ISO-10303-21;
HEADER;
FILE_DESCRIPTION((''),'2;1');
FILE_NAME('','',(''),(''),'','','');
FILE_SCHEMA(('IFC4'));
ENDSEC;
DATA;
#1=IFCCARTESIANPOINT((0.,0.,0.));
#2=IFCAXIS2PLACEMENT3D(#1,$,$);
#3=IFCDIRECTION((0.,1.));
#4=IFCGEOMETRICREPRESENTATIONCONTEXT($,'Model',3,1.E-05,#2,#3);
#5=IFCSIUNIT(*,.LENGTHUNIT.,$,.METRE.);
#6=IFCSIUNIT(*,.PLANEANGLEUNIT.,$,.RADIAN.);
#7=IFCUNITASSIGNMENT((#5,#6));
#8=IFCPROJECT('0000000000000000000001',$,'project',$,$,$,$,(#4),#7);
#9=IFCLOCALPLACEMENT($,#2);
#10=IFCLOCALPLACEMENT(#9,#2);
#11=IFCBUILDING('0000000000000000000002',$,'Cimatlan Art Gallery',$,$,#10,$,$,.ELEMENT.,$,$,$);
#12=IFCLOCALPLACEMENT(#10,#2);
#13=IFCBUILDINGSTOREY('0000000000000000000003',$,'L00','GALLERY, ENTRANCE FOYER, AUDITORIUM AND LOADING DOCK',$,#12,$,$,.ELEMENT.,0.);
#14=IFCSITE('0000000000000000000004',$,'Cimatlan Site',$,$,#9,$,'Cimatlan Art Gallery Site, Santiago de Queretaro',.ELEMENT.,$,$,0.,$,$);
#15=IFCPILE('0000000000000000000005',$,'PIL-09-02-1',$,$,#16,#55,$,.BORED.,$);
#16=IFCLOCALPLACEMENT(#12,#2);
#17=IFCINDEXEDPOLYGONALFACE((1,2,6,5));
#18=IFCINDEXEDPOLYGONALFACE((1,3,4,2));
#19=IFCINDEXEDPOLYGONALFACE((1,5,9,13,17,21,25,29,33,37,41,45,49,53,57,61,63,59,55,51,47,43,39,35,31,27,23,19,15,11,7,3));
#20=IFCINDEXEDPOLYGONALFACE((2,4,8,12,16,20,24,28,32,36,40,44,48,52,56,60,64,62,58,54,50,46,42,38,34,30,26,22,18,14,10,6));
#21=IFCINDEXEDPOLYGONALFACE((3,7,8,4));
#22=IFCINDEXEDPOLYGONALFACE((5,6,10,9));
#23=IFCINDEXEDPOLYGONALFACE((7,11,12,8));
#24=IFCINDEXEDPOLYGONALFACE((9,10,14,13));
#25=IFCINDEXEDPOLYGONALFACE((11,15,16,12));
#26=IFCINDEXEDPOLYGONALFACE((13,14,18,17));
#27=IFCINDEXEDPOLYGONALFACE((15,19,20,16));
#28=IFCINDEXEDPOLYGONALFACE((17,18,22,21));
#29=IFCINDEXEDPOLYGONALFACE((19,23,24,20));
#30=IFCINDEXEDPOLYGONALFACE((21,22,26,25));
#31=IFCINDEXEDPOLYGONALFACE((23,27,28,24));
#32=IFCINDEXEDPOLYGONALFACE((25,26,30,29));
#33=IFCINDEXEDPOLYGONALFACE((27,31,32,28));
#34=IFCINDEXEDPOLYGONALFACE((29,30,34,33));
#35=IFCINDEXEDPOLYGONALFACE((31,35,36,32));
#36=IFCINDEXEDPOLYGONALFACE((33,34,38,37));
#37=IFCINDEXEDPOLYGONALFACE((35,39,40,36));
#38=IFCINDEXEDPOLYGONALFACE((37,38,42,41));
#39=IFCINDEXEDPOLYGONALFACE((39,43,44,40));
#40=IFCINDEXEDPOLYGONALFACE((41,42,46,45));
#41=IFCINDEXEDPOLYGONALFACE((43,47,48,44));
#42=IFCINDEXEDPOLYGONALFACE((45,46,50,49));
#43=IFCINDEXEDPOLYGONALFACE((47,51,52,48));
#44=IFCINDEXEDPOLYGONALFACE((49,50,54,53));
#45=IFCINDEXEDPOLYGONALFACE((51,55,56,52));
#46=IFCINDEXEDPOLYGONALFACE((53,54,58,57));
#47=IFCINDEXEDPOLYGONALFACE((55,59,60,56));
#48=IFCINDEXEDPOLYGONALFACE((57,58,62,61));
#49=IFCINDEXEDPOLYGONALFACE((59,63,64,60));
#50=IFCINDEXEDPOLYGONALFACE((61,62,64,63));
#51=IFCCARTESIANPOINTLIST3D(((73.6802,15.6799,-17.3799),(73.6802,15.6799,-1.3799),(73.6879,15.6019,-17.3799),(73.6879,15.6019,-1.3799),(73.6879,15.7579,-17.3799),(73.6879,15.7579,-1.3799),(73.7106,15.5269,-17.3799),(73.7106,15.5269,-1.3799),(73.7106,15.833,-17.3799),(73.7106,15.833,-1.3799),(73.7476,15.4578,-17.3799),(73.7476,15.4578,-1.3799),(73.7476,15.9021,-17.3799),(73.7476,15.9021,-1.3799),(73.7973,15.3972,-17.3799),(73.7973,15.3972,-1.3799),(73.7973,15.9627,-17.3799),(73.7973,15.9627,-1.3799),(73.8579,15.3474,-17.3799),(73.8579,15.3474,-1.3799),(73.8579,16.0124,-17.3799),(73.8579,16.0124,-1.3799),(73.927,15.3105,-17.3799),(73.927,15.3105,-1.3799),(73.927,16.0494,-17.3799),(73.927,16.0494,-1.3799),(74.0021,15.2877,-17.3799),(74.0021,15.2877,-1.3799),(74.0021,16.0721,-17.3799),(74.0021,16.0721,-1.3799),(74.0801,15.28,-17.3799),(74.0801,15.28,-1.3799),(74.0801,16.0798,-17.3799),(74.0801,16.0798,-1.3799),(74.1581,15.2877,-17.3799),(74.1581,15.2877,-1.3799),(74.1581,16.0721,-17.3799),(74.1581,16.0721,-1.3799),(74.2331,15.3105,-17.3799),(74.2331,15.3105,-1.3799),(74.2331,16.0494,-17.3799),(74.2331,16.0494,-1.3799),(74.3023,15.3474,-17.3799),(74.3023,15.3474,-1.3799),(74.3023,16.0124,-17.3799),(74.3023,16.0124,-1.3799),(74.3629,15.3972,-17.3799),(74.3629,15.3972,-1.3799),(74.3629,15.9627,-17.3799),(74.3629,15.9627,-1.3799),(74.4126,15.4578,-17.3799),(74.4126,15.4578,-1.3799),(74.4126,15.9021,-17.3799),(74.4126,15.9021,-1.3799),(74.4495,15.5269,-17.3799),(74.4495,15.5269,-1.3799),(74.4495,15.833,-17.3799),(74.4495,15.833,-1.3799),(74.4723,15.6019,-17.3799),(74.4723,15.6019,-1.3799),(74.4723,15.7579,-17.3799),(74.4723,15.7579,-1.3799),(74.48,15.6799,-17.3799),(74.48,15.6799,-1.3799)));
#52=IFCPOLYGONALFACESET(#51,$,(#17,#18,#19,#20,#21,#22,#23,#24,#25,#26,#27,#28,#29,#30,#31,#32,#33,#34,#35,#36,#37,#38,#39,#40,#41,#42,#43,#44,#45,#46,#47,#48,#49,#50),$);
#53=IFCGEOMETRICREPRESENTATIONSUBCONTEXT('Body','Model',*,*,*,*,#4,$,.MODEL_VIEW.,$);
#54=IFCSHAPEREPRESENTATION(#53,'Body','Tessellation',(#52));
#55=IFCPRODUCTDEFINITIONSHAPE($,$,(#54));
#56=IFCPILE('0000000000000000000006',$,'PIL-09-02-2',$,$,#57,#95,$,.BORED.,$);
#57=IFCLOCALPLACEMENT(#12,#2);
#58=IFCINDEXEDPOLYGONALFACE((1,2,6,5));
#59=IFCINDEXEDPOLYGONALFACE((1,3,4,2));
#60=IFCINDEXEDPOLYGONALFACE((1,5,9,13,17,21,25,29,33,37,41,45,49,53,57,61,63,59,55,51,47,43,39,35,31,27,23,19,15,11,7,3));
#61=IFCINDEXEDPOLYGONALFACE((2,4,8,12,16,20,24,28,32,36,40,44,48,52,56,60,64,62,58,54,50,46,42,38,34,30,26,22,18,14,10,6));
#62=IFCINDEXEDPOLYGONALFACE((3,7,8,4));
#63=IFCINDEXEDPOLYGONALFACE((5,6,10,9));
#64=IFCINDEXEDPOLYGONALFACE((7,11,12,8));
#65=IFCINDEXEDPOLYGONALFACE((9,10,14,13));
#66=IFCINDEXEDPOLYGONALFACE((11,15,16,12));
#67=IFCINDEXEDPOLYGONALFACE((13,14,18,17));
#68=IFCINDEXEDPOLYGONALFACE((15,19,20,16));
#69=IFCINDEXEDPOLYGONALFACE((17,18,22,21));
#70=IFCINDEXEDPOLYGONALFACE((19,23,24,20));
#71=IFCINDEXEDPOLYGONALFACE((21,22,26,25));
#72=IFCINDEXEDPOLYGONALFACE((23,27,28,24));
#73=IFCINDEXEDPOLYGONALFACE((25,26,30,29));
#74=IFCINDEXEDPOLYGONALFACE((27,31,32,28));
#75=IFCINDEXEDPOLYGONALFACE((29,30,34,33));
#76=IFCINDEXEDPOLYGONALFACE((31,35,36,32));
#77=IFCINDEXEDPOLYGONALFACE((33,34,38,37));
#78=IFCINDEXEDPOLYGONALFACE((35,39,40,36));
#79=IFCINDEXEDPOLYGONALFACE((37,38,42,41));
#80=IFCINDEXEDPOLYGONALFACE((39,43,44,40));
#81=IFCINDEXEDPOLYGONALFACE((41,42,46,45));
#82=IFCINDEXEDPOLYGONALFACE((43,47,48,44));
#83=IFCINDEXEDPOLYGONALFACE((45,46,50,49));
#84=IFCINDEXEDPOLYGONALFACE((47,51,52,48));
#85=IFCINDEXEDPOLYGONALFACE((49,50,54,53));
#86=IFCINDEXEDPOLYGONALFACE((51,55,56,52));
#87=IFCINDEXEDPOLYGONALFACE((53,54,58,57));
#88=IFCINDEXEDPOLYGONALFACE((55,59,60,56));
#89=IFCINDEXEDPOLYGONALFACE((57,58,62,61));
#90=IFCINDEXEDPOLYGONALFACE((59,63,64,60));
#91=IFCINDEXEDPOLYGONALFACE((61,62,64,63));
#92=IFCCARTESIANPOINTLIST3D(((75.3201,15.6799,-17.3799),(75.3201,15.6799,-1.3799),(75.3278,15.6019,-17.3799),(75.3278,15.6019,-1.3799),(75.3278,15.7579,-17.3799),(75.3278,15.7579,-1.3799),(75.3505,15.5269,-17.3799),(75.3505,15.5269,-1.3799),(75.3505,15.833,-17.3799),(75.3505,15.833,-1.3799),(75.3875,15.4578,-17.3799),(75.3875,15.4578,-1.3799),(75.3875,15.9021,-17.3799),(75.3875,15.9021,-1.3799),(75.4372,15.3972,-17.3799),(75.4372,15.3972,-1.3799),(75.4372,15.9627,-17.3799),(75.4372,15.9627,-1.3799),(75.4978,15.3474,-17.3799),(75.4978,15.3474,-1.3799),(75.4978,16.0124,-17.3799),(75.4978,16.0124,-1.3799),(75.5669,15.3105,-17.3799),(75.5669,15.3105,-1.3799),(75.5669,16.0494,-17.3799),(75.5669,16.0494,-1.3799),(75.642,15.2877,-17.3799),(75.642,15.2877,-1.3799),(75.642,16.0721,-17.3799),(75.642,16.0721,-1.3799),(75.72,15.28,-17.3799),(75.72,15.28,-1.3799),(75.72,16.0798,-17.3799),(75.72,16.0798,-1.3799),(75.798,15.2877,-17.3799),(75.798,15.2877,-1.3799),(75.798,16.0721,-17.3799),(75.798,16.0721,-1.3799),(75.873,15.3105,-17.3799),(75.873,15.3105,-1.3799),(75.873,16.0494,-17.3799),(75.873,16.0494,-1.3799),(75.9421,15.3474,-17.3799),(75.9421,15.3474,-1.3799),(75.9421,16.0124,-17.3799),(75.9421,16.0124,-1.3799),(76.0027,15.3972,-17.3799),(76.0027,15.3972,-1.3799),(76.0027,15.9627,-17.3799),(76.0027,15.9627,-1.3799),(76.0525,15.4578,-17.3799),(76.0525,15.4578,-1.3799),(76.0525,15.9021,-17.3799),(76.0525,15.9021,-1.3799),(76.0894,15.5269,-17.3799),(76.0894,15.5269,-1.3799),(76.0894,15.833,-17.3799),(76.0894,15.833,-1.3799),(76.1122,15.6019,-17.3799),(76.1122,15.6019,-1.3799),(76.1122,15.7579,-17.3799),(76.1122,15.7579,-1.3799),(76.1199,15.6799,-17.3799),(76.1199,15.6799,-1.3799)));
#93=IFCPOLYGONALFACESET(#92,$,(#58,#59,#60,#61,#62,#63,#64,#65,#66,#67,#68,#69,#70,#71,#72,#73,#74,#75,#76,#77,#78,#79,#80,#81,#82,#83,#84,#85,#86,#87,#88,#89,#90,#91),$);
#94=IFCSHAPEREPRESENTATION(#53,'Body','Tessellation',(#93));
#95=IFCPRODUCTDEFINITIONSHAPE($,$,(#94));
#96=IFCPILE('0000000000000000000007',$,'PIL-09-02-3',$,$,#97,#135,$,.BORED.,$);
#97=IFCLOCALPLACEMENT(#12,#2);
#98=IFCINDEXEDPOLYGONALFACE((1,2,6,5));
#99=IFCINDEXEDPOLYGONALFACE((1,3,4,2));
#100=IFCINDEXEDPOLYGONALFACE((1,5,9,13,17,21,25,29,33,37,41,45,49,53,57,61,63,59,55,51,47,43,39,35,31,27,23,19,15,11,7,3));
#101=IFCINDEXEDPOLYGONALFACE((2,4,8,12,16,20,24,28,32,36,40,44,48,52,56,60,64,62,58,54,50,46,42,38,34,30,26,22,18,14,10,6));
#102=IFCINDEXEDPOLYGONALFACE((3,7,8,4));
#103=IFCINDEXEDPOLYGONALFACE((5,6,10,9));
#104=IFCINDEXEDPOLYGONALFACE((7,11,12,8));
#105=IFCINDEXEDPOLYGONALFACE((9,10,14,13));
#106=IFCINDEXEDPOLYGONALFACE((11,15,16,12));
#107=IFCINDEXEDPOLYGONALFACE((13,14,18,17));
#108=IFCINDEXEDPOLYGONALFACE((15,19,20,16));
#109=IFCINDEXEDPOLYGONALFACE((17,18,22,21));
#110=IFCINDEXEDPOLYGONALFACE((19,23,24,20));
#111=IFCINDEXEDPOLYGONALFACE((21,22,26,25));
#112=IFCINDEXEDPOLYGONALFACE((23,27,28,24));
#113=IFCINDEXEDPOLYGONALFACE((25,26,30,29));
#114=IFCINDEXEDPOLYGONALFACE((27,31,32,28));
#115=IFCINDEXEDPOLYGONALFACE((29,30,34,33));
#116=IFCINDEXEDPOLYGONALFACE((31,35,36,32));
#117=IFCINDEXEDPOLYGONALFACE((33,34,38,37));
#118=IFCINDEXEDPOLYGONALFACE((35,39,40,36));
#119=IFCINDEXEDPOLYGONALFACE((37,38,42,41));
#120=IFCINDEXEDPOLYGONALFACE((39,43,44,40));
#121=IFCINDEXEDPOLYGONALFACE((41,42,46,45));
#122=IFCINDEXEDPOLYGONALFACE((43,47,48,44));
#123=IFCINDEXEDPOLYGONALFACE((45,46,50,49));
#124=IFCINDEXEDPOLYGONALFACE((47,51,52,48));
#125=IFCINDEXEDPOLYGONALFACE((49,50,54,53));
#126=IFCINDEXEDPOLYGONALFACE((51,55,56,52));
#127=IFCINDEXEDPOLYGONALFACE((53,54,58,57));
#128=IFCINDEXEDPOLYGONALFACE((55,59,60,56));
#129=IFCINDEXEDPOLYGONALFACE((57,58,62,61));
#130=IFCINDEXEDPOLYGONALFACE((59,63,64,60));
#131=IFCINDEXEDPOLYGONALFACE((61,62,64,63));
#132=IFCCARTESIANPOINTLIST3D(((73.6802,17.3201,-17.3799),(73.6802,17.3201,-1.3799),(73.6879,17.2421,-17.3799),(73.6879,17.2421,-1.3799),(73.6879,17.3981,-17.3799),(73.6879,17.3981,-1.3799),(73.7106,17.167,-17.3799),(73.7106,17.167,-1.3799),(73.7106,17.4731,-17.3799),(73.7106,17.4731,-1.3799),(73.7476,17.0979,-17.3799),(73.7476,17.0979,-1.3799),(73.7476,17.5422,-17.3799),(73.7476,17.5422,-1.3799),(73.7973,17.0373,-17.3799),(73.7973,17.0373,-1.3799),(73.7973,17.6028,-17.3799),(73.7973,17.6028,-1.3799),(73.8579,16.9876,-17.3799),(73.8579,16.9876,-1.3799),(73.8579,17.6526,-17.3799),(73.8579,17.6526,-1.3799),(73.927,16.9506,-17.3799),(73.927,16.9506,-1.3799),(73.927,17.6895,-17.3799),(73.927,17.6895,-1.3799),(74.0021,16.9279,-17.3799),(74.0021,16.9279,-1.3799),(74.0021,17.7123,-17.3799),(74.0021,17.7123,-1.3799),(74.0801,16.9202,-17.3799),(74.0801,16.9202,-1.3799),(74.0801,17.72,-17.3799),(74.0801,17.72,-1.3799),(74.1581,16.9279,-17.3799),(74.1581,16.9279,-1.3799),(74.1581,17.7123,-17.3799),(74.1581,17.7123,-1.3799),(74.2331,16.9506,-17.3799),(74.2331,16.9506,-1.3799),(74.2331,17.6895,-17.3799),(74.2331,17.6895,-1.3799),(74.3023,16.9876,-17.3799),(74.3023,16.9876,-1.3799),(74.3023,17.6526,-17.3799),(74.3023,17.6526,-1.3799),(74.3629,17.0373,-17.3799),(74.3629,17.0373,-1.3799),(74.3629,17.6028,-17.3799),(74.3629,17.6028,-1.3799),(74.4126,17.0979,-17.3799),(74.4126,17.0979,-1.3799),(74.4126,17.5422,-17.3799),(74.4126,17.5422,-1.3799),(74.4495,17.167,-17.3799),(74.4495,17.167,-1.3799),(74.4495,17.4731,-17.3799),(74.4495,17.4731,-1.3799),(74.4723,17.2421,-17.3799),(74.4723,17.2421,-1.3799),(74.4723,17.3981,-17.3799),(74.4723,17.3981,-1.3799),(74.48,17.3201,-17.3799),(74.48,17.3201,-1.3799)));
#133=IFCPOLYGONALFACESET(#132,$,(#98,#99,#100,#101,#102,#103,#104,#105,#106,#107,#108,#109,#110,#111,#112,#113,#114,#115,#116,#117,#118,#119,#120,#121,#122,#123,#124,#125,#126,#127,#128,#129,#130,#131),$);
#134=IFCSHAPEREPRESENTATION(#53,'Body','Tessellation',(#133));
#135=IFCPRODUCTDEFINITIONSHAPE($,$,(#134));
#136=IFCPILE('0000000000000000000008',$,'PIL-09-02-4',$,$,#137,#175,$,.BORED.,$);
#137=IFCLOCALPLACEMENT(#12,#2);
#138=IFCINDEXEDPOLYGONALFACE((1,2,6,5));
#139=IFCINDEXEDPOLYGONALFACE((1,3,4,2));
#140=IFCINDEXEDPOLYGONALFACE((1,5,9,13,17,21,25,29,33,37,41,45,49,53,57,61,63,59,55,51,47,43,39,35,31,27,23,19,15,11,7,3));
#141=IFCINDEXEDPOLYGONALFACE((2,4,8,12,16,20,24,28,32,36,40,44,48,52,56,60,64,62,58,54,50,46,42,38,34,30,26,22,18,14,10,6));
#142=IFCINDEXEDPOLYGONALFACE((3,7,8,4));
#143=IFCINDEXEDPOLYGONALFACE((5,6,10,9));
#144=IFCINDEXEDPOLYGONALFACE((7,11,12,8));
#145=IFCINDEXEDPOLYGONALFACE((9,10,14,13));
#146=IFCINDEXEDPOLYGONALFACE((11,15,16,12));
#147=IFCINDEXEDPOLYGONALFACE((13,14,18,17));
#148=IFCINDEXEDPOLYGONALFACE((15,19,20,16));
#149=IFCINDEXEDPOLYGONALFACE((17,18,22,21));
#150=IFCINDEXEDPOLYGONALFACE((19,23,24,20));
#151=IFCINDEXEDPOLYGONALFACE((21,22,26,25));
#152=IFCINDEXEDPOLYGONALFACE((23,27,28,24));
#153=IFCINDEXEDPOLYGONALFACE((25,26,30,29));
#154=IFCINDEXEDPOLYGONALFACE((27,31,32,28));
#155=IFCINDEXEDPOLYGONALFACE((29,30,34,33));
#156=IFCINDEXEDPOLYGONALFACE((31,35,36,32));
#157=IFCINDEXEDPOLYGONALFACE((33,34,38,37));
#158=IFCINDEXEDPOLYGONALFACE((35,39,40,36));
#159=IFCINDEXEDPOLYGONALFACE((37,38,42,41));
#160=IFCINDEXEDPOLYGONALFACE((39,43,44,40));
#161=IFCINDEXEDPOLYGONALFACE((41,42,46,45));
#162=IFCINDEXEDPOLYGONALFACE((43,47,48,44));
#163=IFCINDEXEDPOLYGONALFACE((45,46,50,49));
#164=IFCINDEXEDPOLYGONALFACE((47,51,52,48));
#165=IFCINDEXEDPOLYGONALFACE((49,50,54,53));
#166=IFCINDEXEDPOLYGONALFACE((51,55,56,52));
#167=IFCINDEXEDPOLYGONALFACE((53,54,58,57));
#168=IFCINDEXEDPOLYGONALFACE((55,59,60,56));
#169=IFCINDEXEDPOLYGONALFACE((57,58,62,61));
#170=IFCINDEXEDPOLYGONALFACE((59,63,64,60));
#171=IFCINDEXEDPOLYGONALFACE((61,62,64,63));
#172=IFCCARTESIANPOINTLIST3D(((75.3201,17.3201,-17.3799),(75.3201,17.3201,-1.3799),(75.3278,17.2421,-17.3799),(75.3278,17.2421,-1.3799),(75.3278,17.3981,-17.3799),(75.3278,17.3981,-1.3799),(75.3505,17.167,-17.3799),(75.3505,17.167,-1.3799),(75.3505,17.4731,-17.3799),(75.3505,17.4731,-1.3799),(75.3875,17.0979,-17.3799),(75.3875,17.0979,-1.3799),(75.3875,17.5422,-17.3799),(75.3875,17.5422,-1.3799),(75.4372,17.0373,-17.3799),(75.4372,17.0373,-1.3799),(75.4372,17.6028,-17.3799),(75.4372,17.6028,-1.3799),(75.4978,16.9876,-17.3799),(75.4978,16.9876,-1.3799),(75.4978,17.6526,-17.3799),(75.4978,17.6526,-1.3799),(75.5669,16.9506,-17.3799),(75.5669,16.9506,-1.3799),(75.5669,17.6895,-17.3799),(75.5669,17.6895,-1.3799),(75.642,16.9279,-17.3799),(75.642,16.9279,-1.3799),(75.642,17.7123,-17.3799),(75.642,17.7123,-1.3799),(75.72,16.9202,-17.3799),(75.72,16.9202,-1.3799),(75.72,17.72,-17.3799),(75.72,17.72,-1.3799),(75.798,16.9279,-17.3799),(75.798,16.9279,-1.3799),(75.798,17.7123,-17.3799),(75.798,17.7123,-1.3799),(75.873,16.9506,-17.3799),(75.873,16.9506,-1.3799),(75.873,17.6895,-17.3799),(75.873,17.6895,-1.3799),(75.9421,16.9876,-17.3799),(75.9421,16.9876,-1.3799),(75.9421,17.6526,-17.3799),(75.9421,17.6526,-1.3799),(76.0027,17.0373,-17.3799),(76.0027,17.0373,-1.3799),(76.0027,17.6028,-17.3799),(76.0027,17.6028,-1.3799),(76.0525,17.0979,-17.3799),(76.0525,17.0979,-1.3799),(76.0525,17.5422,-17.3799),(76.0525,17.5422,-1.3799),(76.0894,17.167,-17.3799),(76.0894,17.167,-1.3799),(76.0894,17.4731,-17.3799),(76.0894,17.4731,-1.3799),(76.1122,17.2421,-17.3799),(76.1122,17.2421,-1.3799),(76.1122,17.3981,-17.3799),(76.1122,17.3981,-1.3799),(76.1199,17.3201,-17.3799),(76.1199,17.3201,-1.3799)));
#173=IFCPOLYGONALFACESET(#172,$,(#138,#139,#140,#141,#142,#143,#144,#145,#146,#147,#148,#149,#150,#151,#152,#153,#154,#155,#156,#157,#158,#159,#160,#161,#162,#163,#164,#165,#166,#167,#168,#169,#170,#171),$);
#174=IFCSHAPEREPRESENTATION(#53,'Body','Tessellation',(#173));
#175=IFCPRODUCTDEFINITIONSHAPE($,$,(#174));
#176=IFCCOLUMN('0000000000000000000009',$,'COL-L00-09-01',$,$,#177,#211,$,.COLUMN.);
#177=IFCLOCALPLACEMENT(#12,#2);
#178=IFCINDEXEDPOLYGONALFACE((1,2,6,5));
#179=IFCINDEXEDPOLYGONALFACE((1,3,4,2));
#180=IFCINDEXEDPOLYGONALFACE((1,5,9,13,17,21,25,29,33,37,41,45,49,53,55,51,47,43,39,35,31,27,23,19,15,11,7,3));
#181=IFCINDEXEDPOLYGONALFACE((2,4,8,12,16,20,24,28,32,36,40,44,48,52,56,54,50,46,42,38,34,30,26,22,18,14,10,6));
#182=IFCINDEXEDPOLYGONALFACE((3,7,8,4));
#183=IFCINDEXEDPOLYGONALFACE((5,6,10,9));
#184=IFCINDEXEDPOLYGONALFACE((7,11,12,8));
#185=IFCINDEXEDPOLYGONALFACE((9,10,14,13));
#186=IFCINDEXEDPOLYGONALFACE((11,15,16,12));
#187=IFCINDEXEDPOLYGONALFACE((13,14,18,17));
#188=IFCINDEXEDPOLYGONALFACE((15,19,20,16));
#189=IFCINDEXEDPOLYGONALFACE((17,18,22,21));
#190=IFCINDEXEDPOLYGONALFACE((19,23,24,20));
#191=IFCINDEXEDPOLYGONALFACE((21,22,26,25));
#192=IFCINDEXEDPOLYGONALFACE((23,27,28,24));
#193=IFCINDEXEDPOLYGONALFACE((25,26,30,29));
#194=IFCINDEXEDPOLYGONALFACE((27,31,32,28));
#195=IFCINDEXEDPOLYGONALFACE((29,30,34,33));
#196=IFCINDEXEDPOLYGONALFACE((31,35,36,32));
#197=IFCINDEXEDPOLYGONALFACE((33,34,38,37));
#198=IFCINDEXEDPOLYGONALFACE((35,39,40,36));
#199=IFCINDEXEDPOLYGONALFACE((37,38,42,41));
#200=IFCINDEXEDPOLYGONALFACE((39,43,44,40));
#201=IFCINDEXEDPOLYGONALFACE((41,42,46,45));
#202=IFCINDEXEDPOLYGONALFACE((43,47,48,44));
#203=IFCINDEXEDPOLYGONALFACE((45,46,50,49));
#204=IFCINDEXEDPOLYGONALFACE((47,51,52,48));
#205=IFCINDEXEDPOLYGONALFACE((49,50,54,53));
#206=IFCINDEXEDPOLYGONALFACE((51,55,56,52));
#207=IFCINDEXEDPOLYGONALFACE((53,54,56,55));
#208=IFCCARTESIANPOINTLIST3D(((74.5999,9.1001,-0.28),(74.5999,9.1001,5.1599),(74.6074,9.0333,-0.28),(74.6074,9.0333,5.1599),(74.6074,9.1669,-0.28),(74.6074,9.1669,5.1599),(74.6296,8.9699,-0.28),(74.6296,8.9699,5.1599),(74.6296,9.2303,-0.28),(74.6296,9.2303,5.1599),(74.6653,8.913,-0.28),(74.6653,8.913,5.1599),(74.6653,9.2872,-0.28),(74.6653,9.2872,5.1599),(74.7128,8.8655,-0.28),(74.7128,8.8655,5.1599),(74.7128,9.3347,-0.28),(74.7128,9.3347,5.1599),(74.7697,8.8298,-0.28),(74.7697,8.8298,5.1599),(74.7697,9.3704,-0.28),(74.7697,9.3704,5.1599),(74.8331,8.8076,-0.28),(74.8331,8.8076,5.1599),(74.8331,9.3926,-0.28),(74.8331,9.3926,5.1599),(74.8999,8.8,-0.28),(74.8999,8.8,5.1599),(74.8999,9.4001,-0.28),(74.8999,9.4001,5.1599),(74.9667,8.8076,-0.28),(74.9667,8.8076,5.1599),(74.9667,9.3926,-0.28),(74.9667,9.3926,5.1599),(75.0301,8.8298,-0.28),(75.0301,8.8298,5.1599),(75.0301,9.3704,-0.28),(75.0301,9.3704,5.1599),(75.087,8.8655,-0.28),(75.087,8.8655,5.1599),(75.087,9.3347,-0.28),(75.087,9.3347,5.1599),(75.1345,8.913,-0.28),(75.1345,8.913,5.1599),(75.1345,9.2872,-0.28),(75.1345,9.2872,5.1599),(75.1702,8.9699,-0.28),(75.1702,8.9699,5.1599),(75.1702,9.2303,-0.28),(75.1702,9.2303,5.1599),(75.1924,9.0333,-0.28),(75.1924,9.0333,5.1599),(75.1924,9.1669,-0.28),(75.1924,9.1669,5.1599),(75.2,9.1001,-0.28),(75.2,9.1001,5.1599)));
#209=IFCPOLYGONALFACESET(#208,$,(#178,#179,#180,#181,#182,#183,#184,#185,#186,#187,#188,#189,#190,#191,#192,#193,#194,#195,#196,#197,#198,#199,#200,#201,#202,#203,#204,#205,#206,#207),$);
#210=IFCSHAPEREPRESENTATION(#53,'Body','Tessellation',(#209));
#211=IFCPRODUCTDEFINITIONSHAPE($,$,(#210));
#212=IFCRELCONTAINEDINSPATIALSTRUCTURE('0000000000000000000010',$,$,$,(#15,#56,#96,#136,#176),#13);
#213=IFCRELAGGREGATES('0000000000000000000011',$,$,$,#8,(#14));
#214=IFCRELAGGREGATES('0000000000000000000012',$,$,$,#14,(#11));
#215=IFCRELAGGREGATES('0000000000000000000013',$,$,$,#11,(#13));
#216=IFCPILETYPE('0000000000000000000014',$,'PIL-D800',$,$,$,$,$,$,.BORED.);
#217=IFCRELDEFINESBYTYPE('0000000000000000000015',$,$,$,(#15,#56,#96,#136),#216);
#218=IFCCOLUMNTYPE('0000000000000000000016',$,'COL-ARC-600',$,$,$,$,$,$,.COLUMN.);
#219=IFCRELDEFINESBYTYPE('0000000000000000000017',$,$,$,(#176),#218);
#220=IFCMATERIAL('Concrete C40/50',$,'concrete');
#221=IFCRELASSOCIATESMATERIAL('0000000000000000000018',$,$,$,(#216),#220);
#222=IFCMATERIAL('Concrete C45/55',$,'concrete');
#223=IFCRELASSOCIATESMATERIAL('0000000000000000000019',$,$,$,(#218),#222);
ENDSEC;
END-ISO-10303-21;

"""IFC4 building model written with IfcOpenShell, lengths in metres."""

from ifc_helpers import new_model, si_unit, direction, frame, origin, origin_2d, place, context, subcontext, project, spatial, circle, extrude, material, material_profile, profile_set, type_object, element, save


model = new_model("IFC4")

# Units and contexts
model_context = context("Model", 3, precision=1e-05, world=origin(), true_north=direction((0.0, 1.0)))
body_context = subcontext(model_context, "Body", "Model", "MODEL_VIEW")
ifc_project = project(units=[si_unit("LENGTHUNIT", "METRE"), si_unit("PLANEANGLEUNIT", "RADIAN")], contexts=[model_context])

# Site, building, storey
site_placement = place(None, origin())
site = spatial("IfcSite", under=ifc_project, at=site_placement, Name="Cimatlan Site", LongName="Cimatlan Art Gallery Site, Santiago de Queretaro", CompositionType="ELEMENT", RefElevation=0.0)
building_placement = place(site_placement, origin())
building = spatial("IfcBuilding", under=site, at=building_placement, Name="Cimatlan Art Gallery", CompositionType="ELEMENT")
storey_placement = place(building_placement, origin())
storey = spatial("IfcBuildingStorey", under=building, at=storey_placement, Name="L00", Description="GALLERY, ENTRANCE FOYER, AUDITORIUM AND LOADING DOCK", CompositionType="ELEMENT", Elevation=0.0)

# Shared definitions
ifc_material_1 = material(Name="Concrete C40/50", Category="concrete")

# Piles
pile_type = type_object("IfcPileType", Name="PIL-D800", PredefinedType="BORED", material=ifc_material_1)
for number, where, z_axis, x_axis, name in (
    (1, (74.0801, 15.6799, -1.3799), (0.0, 0.0, -1.0), (1.0, 0.0, 0.0), "PIL-09-02-1"),
    (2, (75.72, 15.6799, -1.3799), (0.0, 0.0, -1.0), (1.0, 0.0, 0.0), "PIL-09-02-2"),
    (3, (74.0801, 17.3201, -1.3799), (0.0, 0.0, -1.0), (1.0, 0.0, 0.0), "PIL-09-02-3"),
    (4, (75.72, 17.3201, -1.3799), (0.0, 0.0, -1.0), (1.0, 0.0, 0.0), "PIL-09-02-4"),
):
    element("IfcPile", number, at=place(storey_placement, frame(where, z_axis=z_axis, x_axis=x_axis)), inside=storey, type_object=pile_type, Name=name, PredefinedType="BORED", context=body_context, shape_type="SweptSolid", body=[
        extrude(circle(Radius=0.3999, at=origin_2d()), origin(), (0.0, 0.0, 1.0), 16.0),
    ])

# Column
ifc_material_2 = material(Name="Concrete C45/55", Category="concrete")
ifc_material_profile_1 = material_profile(ifc_material_2, circle(Radius=0.3, at=origin_2d()), Name="RCD600")
ifc_profile_set_1 = profile_set([ifc_material_profile_1], Name="Concrete C45/55")
column_type = type_object("IfcColumnType", Name="COL-ARC-600", PredefinedType="COLUMN", material=ifc_profile_set_1)
for number, where, z_axis, x_axis, name in (
    (5, (74.8999, 9.1001, -0.28), (0.0, 0.0, 1.0), (1.0, 0.0, 0.0), "COL-L00-09-01"),
):
    element("IfcColumn", number, at=place(storey_placement, frame(where, z_axis=z_axis, x_axis=x_axis)), inside=storey, type_object=column_type, Name=name, PredefinedType="COLUMN", context=body_context, shape_type="SweptSolid", body=[
        extrude(circle(Radius=0.3, at=origin_2d()), origin(), (0.0, 0.0, 1.0), 5.4399),
    ])

save(model, "model.ifc")
